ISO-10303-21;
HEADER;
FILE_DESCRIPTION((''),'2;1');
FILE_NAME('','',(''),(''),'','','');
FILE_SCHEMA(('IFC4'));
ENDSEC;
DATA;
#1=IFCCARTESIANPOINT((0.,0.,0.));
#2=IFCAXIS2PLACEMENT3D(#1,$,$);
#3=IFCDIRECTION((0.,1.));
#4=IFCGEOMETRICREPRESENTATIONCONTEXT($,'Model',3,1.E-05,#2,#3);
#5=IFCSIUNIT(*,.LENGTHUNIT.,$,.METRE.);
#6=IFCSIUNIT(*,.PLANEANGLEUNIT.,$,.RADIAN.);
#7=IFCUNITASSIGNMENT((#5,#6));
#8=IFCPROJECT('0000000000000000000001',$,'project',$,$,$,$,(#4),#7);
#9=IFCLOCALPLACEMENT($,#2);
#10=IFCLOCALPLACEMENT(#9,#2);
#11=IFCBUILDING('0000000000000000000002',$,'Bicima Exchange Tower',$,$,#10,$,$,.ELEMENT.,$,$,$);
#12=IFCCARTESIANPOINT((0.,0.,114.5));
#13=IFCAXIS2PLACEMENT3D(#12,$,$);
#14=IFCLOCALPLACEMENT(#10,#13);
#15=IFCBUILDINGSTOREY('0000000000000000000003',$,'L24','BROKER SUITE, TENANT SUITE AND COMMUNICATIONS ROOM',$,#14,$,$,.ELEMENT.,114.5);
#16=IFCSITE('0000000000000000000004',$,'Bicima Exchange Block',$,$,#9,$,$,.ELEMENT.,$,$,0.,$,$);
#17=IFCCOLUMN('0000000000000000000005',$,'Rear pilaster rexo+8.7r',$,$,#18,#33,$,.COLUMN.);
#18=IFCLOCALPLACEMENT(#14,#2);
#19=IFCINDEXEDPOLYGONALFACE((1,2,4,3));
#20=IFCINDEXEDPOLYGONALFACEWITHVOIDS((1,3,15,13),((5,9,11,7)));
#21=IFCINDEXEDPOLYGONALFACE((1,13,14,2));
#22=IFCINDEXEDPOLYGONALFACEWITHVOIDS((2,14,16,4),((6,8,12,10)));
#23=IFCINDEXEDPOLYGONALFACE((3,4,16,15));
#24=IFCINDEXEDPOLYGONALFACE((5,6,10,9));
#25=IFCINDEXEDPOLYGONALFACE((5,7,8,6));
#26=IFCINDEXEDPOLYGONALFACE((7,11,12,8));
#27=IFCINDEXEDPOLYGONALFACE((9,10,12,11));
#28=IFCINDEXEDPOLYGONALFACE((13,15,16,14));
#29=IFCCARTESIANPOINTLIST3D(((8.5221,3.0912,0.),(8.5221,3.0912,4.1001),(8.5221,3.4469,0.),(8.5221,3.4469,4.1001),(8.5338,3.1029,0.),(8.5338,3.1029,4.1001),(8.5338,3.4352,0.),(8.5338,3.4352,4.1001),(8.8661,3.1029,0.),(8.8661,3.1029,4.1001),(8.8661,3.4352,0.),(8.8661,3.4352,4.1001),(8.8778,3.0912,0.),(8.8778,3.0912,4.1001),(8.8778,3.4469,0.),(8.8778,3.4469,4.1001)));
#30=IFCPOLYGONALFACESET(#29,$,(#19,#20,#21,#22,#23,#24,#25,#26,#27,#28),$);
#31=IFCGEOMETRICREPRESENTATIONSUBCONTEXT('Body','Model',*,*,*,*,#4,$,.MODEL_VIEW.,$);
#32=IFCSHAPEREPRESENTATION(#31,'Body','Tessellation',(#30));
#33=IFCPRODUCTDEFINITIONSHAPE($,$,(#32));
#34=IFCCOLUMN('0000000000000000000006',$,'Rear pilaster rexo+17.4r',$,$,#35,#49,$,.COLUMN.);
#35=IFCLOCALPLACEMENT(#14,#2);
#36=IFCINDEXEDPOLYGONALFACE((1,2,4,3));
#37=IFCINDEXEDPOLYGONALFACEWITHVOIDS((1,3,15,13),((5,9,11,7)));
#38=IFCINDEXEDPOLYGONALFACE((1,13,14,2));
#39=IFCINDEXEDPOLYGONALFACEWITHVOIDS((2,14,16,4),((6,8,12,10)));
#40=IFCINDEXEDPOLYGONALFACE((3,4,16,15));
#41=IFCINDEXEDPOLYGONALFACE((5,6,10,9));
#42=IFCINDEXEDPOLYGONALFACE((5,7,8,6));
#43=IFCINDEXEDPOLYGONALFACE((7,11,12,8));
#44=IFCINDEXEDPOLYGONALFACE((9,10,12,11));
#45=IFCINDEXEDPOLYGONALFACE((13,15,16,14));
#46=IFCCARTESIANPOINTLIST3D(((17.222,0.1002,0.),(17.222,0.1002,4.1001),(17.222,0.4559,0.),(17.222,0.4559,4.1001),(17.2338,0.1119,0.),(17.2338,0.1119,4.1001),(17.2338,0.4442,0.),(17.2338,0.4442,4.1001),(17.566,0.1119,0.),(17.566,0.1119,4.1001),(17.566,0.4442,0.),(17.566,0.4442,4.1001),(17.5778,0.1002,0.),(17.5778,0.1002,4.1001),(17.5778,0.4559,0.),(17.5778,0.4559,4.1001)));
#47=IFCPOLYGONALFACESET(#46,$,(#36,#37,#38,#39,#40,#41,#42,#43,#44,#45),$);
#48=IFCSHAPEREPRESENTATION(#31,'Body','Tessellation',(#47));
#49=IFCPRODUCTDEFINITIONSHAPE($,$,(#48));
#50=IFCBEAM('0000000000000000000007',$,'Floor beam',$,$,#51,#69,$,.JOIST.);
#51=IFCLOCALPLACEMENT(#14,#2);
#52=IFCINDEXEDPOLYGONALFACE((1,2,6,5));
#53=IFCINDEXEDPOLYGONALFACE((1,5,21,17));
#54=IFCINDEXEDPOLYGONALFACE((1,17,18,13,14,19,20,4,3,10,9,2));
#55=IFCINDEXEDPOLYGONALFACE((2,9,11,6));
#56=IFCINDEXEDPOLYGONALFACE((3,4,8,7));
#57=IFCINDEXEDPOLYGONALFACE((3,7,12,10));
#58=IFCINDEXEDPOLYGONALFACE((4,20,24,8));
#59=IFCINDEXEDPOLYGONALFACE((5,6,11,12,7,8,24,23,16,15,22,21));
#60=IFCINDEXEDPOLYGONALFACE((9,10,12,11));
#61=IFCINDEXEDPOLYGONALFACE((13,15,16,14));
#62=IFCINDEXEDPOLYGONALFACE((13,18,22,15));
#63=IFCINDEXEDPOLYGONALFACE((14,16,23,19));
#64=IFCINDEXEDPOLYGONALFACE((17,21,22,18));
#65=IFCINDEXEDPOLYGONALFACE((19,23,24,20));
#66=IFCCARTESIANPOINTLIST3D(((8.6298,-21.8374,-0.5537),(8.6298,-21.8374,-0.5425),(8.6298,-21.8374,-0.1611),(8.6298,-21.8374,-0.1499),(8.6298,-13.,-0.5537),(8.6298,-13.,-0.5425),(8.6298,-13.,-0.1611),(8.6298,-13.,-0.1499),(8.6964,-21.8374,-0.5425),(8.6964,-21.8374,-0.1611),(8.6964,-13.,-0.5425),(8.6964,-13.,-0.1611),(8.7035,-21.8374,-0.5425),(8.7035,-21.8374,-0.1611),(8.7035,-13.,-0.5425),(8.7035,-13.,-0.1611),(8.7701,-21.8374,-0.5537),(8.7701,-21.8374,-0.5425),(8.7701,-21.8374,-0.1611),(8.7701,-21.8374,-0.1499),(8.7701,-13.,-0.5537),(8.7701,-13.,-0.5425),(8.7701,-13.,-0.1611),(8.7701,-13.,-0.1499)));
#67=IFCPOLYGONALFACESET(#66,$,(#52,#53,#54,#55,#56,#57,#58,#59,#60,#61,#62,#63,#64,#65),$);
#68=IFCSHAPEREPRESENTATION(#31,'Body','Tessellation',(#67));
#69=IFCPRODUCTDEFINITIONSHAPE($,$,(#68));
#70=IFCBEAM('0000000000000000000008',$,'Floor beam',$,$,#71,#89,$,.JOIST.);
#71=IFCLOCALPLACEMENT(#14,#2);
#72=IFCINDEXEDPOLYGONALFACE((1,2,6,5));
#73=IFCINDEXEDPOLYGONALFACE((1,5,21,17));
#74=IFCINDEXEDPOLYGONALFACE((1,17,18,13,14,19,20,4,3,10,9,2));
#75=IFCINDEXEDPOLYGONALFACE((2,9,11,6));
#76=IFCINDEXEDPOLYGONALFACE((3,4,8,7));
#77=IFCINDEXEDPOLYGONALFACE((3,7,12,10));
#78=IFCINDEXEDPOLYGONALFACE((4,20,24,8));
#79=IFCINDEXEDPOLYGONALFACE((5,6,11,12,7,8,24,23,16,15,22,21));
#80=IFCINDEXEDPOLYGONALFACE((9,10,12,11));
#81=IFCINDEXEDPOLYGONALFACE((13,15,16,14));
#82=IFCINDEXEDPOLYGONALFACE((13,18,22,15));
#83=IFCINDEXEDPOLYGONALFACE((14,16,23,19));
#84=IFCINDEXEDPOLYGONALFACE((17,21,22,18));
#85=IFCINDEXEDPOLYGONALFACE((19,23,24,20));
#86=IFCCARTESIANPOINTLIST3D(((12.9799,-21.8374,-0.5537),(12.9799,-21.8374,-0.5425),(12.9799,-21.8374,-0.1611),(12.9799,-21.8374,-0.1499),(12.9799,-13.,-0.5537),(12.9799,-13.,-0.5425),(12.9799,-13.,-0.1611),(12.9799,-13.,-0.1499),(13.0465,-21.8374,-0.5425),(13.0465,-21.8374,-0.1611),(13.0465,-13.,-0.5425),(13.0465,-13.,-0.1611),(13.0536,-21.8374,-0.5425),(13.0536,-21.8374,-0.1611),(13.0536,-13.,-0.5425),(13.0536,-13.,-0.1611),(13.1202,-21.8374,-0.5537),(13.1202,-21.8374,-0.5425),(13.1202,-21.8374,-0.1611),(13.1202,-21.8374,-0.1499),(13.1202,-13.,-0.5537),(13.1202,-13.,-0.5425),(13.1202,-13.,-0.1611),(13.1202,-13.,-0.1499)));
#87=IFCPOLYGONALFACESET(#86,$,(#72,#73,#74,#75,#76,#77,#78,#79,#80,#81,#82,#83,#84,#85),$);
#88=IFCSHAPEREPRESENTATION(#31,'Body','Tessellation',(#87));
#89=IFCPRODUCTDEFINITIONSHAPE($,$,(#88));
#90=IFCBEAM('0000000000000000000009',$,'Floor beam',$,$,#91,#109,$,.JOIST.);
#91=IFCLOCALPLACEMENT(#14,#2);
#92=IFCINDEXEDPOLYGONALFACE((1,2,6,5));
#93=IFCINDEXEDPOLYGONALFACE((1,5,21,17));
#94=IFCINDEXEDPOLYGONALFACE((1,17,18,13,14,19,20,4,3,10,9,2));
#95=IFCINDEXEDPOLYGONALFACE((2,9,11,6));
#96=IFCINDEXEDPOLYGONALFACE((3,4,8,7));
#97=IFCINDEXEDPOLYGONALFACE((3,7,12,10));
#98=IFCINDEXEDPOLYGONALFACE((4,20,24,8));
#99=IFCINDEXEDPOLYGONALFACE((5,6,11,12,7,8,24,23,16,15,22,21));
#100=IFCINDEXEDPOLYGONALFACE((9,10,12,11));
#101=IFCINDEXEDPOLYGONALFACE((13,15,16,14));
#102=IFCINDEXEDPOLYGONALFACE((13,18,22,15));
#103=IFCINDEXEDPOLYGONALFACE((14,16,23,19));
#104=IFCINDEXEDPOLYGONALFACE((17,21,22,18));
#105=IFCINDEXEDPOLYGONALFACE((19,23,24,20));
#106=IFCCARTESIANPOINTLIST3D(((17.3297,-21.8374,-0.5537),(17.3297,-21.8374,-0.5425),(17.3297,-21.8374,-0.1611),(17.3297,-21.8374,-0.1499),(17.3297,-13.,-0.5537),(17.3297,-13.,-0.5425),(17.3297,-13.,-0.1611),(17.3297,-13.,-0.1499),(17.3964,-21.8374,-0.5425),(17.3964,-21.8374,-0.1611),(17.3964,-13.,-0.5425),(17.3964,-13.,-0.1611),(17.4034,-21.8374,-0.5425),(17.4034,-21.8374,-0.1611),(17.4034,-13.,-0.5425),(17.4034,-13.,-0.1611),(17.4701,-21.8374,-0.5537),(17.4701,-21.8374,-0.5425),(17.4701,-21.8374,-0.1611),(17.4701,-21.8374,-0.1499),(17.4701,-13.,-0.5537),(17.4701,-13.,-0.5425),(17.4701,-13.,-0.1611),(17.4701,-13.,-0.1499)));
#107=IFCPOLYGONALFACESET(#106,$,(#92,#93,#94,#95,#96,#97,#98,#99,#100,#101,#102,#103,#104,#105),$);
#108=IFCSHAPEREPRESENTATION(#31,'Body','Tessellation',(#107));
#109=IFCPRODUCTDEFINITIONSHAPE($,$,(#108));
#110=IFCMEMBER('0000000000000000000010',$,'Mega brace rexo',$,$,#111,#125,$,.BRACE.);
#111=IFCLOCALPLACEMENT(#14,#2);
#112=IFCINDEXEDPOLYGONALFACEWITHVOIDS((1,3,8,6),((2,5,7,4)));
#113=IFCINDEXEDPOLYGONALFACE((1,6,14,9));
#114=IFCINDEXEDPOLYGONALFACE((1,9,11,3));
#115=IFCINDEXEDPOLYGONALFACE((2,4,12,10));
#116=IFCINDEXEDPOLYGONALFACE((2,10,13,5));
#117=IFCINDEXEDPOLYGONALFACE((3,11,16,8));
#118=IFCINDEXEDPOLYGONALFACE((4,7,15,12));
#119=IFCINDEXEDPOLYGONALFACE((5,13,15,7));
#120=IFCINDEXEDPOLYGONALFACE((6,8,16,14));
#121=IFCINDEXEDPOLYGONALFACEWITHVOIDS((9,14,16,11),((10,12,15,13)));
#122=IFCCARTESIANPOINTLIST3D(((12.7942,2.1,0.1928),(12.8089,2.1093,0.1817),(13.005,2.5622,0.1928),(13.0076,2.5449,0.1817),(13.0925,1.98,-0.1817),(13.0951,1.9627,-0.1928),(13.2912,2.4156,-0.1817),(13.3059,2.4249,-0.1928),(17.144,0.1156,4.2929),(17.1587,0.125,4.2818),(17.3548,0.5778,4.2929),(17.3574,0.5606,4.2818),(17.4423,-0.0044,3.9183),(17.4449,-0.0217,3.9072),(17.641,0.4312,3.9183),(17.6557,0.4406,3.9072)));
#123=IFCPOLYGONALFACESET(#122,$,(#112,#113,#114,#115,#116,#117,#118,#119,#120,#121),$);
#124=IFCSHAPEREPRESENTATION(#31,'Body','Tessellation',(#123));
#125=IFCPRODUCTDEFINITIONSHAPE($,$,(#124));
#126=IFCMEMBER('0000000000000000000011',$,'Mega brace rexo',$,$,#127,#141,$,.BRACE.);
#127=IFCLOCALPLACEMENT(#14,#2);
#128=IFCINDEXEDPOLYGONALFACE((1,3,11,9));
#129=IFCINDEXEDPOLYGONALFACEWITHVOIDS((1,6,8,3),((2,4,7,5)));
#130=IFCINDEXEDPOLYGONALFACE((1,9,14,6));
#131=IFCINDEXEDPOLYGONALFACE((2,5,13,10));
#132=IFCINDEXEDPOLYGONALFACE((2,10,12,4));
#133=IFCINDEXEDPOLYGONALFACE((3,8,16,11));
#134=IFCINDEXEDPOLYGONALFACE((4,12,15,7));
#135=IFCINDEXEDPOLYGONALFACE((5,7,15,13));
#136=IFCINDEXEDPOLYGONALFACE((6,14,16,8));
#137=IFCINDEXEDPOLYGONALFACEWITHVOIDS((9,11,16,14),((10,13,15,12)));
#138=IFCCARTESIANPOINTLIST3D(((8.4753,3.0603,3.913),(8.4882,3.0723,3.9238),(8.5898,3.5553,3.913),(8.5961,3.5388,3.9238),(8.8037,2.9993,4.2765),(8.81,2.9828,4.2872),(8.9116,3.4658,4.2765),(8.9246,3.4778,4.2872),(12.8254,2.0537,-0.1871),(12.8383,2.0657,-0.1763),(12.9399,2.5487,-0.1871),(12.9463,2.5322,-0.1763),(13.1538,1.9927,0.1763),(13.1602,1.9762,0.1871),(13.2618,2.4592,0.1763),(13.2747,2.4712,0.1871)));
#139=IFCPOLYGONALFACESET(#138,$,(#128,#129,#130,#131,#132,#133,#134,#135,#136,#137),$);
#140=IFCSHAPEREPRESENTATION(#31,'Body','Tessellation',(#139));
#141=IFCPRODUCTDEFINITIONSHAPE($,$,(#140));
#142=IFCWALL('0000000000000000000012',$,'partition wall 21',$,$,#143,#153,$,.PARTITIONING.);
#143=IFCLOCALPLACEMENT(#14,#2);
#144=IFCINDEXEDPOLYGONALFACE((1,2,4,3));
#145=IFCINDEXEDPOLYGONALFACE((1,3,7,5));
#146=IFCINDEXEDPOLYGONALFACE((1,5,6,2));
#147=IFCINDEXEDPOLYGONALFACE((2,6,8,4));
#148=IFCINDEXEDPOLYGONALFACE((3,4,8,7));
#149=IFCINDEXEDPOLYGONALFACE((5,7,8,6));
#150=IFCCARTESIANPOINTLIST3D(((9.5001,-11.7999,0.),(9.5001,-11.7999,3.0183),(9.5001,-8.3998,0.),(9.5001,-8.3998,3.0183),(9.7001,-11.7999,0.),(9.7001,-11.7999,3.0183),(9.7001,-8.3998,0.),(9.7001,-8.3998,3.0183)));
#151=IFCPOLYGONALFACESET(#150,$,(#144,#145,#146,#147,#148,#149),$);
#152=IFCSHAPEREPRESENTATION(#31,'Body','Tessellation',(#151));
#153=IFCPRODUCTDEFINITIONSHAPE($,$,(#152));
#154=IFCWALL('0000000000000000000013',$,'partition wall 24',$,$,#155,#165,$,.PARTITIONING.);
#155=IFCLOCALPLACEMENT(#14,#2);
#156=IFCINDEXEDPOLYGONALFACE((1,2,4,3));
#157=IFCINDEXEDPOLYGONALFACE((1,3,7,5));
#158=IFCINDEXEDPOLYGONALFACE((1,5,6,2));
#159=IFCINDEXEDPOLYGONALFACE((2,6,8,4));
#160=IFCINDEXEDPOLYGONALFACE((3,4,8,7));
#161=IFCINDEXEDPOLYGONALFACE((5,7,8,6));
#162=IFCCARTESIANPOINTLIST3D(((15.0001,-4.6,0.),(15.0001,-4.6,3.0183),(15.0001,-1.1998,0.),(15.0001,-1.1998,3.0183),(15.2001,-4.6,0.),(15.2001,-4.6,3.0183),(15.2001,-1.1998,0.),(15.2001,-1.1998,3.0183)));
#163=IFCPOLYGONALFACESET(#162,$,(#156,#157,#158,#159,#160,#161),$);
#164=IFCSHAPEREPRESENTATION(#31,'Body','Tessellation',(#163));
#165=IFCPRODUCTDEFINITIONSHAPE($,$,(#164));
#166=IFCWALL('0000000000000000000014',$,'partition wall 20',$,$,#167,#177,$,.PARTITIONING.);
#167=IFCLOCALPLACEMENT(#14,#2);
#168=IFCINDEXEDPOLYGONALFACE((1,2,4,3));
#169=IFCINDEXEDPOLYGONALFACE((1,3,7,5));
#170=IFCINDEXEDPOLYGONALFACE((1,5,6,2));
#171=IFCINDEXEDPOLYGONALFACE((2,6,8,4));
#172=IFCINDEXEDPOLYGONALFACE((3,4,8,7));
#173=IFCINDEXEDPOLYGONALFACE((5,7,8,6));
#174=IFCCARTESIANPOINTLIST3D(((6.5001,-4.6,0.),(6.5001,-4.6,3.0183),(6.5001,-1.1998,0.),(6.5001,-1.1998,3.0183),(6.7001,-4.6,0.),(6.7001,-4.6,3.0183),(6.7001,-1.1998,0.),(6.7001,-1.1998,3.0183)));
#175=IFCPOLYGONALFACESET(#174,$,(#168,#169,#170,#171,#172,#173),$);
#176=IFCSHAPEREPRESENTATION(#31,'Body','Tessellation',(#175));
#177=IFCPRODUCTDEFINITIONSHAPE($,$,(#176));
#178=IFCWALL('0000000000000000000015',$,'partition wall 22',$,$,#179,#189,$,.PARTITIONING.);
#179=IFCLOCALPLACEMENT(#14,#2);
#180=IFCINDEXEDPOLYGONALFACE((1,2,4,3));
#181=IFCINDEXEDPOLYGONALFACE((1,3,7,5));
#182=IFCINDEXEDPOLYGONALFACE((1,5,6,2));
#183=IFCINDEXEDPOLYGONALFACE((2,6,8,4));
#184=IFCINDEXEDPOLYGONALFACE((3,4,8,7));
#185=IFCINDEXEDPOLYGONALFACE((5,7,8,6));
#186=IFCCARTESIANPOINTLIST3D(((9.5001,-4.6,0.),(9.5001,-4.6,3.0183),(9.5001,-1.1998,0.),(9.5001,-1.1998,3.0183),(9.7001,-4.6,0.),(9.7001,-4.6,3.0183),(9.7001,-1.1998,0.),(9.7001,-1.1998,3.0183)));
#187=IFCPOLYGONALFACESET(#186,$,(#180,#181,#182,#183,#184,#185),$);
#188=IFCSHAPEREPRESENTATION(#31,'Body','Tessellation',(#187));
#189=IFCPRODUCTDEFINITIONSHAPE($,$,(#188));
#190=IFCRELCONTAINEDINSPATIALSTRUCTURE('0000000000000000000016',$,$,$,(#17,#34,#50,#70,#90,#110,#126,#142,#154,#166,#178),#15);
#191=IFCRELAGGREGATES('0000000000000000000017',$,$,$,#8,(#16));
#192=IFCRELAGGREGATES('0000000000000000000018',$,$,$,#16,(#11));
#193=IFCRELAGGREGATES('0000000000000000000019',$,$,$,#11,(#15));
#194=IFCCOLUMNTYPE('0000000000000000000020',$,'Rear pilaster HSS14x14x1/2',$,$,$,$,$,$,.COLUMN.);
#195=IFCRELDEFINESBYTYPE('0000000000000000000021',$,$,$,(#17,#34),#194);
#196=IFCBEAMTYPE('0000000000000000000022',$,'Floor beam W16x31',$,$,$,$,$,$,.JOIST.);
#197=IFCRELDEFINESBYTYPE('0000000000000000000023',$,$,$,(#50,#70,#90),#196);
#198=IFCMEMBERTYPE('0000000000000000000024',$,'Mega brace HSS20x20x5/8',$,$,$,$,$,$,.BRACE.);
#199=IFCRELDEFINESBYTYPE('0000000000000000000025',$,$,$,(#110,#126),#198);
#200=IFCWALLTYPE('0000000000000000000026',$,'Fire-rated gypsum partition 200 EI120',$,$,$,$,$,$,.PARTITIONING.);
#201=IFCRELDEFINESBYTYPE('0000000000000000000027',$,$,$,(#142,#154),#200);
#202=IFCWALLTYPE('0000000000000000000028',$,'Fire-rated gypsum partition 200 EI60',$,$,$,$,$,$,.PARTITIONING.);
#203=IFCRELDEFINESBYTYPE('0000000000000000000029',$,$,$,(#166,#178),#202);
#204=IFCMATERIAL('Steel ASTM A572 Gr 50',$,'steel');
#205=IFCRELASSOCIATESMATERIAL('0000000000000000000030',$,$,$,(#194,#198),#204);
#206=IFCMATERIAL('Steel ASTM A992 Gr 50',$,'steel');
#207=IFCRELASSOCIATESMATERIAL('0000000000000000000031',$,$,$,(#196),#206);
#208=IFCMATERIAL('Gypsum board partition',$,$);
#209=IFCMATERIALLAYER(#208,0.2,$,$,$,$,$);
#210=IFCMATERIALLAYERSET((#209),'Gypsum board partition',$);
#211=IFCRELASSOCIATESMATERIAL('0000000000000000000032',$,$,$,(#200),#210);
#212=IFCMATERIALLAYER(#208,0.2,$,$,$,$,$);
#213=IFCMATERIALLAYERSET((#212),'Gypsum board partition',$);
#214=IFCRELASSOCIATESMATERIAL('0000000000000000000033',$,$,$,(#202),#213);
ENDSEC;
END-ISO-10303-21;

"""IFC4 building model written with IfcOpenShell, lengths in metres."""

from ifc_helpers import new_model, si_unit, direction, frame, frame_2d, origin, origin_2d, place, context, subcontext, project, spatial, rectangle, hollow_rectangle, i_section, extrude, material, layer, layer_set, material_profile, profile_set, type_object, element, save


model = new_model("IFC4")

# Units and contexts
model_context = context("Model", 3, precision=1e-05, world=origin(), true_north=direction((0.0, 1.0)))
body_context = subcontext(model_context, "Body", "Model", "MODEL_VIEW")
ifc_project = project(units=[si_unit("LENGTHUNIT", "METRE"), si_unit("PLANEANGLEUNIT", "RADIAN")], contexts=[model_context])

# Site, building, storey
site_placement = place(None, origin())
site = spatial("IfcSite", under=ifc_project, at=site_placement, Name="Bicima Exchange Block", CompositionType="ELEMENT", RefElevation=0.0)
building_placement = place(site_placement, origin())
building = spatial("IfcBuilding", under=site, at=building_placement, Name="Bicima Exchange Tower", CompositionType="ELEMENT")
storey_placement = place(building_placement, frame((0.0, 0.0, 114.5)))
storey = spatial("IfcBuildingStorey", under=building, at=storey_placement, Name="L24", Description="BROKER SUITE, TENANT SUITE AND COMMUNICATIONS ROOM", CompositionType="ELEMENT", Elevation=114.5)

# Columns
ifc_material_1 = material(Name="Steel ASTM A572 Gr 50", Category="steel")
ifc_material_profile_1 = material_profile(ifc_material_1, hollow_rectangle(XDim=0.3557, YDim=0.3557, WallThickness=0.0117, at=origin_2d()))
ifc_profile_set_1 = profile_set([ifc_material_profile_1], Name="Steel ASTM A572 Gr 50")
column_type = type_object("IfcColumnType", Name="Rear pilaster HSS14x14x1/2", PredefinedType="COLUMN", material=ifc_profile_set_1)
for number, where, z_axis, x_axis, name in (
    (1, (8.7, 3.269, 0.0), (0.0, 0.0, 1.0), (1.0, 0.0, 0.0), "Rear pilaster rexo+8.7r"),
    (2, (17.3999, 0.2781, 0.0), (0.0, 0.0, 1.0), (1.0, 0.0, 0.0), "Rear pilaster rexo+17.4r"),
):
    element("IfcColumn", number, at=place(storey_placement, frame(where, z_axis=z_axis, x_axis=x_axis)), inside=storey, type_object=column_type, Name=name, PredefinedType="COLUMN", context=body_context, shape_type="SweptSolid", body=[
        extrude(hollow_rectangle(XDim=0.3557, YDim=0.3557, WallThickness=0.0117, at=origin_2d()), origin(), (0.0, 0.0, 1.0), 4.1001),
    ])

# Beams
ifc_material_2 = material(Name="Steel ASTM A992 Gr 50", Category="steel")
ifc_material_profile_2 = material_profile(ifc_material_2, i_section(OverallWidth=0.1404, OverallDepth=0.4038, WebThickness=0.0071, FlangeThickness=0.0112, at=origin_2d()))
ifc_profile_set_2 = profile_set([ifc_material_profile_2], Name="Steel ASTM A992 Gr 50")
beam_type = type_object("IfcBeamType", Name="Floor beam W16x31", PredefinedType="JOIST", material=ifc_profile_set_2)
for number, where, z_axis, x_axis, name in (
    (3, (8.7, -13.0, -0.3518), (0.0, -1.0, 0.0), (1.0, 0.0, 0.0), "Floor beam"),
    (4, (13.05, -13.0, -0.3518), (0.0, -1.0, 0.0), (1.0, 0.0, 0.0), "Floor beam"),
    (5, (17.3999, -13.0, -0.3518), (0.0, -1.0, 0.0), (1.0, 0.0, 0.0), "Floor beam"),
):
    element("IfcBeam", number, at=place(storey_placement, frame(where, z_axis=z_axis, x_axis=x_axis)), inside=storey, type_object=beam_type, Name=name, PredefinedType="JOIST", context=body_context, shape_type="SweptSolid", body=[
        extrude(i_section(OverallWidth=0.1404, OverallDepth=0.4038, WebThickness=0.0071, FlangeThickness=0.0112, at=origin_2d()), origin(), (0.0, 0.0, 1.0), 8.8374),
    ])

# Members
ifc_material_profile_3 = material_profile(ifc_material_1, hollow_rectangle(XDim=0.5081, YDim=0.5081, WallThickness=0.0146, at=origin_2d()))
ifc_profile_set_3 = profile_set([ifc_material_profile_3], Name="Steel ASTM A572 Gr 50")
member_type = type_object("IfcMemberType", Name="Mega brace HSS20x20x5/8", PredefinedType="BRACE", material=ifc_profile_set_3)
member_1_placement = place(storey_placement, frame((13.05, 2.2625, 0.0), z_axis=(0.690629, -0.31506, 0.650975), x_axis=(0.415045, 0.909801, 0.0)))
element("IfcMember", 6, at=member_1_placement, inside=storey, type_object=member_type, Name="Mega brace rexo", PredefinedType="BRACE", context=body_context, shape_type="SweptSolid", body=[
    extrude(hollow_rectangle(XDim=0.5081, YDim=0.5081, WallThickness=0.0146, at=origin_2d()), origin(), (0.0, 0.0, 1.0), 6.2983),
])
member_2_placement = place(storey_placement, frame((13.05, 2.2625, 0.0), z_axis=(-0.717606, 0.166051, 0.676365), x_axis=(-0.225439, -0.974257, 0.0)))
element("IfcMember", 7, at=member_2_placement, inside=storey, type_object=member_type, Name="Mega brace rexo", PredefinedType="BRACE", context=body_context, shape_type="SweptSolid", body=[
    extrude(hollow_rectangle(XDim=0.5081, YDim=0.5081, WallThickness=0.0146, at=origin_2d()), origin(), (0.0, 0.0, 1.0), 6.062),
])

# Walls
ifc_material_3 = material(Name="Gypsum board partition")
ifc_layer_1 = layer(ifc_material_3, 0.2)
ifc_layer_set_1 = layer_set([ifc_layer_1], Name="Gypsum board partition")
wall_type_1 = type_object("IfcWallType", Name="Fire-rated gypsum partition 200 EI120", PredefinedType="PARTITIONING", material=ifc_layer_set_1)
for number, where, z_axis, x_axis, name in (
    (8, (9.6001, -11.8, 0.0), (0.0, 0.0, 1.0), (0.0, 1.0, 0.0), "partition wall 21"),
    (9, (15.1001, -4.6001, 0.0), (0.0, 0.0, 1.0), (0.0, 1.0, 0.0), "partition wall 24"),
):
    element("IfcWall", number, at=place(storey_placement, frame(where, z_axis=z_axis, x_axis=x_axis)), inside=storey, type_object=wall_type_1, Name=name, PredefinedType="PARTITIONING", context=body_context, shape_type="SweptSolid", body=[
        extrude(rectangle(XDim=3.4001, YDim=0.2, at=frame_2d((1.7002, 0.0))), origin(), (0.0, 0.0, 1.0), 3.0183),
    ])
ifc_layer_2 = layer(ifc_material_3, 0.2)
ifc_layer_set_2 = layer_set([ifc_layer_2], Name="Gypsum board partition")
wall_type_2 = type_object("IfcWallType", Name="Fire-rated gypsum partition 200 EI60", PredefinedType="PARTITIONING", material=ifc_layer_set_2)
for number, where, z_axis, x_axis, name in (
    (10, (6.6001, -4.6001, 0.0), (0.0, 0.0, 1.0), (0.0, 1.0, 0.0), "partition wall 20"),
    (11, (9.6001, -4.6001, 0.0), (0.0, 0.0, 1.0), (0.0, 1.0, 0.0), "partition wall 22"),
):
    element("IfcWall", number, at=place(storey_placement, frame(where, z_axis=z_axis, x_axis=x_axis)), inside=storey, type_object=wall_type_2, Name=name, PredefinedType="PARTITIONING", context=body_context, shape_type="SweptSolid", body=[
        extrude(rectangle(XDim=3.4001, YDim=0.2, at=frame_2d((1.7002, 0.0))), origin(), (0.0, 0.0, 1.0), 3.0183),
    ])

save(model, "model.ifc")
